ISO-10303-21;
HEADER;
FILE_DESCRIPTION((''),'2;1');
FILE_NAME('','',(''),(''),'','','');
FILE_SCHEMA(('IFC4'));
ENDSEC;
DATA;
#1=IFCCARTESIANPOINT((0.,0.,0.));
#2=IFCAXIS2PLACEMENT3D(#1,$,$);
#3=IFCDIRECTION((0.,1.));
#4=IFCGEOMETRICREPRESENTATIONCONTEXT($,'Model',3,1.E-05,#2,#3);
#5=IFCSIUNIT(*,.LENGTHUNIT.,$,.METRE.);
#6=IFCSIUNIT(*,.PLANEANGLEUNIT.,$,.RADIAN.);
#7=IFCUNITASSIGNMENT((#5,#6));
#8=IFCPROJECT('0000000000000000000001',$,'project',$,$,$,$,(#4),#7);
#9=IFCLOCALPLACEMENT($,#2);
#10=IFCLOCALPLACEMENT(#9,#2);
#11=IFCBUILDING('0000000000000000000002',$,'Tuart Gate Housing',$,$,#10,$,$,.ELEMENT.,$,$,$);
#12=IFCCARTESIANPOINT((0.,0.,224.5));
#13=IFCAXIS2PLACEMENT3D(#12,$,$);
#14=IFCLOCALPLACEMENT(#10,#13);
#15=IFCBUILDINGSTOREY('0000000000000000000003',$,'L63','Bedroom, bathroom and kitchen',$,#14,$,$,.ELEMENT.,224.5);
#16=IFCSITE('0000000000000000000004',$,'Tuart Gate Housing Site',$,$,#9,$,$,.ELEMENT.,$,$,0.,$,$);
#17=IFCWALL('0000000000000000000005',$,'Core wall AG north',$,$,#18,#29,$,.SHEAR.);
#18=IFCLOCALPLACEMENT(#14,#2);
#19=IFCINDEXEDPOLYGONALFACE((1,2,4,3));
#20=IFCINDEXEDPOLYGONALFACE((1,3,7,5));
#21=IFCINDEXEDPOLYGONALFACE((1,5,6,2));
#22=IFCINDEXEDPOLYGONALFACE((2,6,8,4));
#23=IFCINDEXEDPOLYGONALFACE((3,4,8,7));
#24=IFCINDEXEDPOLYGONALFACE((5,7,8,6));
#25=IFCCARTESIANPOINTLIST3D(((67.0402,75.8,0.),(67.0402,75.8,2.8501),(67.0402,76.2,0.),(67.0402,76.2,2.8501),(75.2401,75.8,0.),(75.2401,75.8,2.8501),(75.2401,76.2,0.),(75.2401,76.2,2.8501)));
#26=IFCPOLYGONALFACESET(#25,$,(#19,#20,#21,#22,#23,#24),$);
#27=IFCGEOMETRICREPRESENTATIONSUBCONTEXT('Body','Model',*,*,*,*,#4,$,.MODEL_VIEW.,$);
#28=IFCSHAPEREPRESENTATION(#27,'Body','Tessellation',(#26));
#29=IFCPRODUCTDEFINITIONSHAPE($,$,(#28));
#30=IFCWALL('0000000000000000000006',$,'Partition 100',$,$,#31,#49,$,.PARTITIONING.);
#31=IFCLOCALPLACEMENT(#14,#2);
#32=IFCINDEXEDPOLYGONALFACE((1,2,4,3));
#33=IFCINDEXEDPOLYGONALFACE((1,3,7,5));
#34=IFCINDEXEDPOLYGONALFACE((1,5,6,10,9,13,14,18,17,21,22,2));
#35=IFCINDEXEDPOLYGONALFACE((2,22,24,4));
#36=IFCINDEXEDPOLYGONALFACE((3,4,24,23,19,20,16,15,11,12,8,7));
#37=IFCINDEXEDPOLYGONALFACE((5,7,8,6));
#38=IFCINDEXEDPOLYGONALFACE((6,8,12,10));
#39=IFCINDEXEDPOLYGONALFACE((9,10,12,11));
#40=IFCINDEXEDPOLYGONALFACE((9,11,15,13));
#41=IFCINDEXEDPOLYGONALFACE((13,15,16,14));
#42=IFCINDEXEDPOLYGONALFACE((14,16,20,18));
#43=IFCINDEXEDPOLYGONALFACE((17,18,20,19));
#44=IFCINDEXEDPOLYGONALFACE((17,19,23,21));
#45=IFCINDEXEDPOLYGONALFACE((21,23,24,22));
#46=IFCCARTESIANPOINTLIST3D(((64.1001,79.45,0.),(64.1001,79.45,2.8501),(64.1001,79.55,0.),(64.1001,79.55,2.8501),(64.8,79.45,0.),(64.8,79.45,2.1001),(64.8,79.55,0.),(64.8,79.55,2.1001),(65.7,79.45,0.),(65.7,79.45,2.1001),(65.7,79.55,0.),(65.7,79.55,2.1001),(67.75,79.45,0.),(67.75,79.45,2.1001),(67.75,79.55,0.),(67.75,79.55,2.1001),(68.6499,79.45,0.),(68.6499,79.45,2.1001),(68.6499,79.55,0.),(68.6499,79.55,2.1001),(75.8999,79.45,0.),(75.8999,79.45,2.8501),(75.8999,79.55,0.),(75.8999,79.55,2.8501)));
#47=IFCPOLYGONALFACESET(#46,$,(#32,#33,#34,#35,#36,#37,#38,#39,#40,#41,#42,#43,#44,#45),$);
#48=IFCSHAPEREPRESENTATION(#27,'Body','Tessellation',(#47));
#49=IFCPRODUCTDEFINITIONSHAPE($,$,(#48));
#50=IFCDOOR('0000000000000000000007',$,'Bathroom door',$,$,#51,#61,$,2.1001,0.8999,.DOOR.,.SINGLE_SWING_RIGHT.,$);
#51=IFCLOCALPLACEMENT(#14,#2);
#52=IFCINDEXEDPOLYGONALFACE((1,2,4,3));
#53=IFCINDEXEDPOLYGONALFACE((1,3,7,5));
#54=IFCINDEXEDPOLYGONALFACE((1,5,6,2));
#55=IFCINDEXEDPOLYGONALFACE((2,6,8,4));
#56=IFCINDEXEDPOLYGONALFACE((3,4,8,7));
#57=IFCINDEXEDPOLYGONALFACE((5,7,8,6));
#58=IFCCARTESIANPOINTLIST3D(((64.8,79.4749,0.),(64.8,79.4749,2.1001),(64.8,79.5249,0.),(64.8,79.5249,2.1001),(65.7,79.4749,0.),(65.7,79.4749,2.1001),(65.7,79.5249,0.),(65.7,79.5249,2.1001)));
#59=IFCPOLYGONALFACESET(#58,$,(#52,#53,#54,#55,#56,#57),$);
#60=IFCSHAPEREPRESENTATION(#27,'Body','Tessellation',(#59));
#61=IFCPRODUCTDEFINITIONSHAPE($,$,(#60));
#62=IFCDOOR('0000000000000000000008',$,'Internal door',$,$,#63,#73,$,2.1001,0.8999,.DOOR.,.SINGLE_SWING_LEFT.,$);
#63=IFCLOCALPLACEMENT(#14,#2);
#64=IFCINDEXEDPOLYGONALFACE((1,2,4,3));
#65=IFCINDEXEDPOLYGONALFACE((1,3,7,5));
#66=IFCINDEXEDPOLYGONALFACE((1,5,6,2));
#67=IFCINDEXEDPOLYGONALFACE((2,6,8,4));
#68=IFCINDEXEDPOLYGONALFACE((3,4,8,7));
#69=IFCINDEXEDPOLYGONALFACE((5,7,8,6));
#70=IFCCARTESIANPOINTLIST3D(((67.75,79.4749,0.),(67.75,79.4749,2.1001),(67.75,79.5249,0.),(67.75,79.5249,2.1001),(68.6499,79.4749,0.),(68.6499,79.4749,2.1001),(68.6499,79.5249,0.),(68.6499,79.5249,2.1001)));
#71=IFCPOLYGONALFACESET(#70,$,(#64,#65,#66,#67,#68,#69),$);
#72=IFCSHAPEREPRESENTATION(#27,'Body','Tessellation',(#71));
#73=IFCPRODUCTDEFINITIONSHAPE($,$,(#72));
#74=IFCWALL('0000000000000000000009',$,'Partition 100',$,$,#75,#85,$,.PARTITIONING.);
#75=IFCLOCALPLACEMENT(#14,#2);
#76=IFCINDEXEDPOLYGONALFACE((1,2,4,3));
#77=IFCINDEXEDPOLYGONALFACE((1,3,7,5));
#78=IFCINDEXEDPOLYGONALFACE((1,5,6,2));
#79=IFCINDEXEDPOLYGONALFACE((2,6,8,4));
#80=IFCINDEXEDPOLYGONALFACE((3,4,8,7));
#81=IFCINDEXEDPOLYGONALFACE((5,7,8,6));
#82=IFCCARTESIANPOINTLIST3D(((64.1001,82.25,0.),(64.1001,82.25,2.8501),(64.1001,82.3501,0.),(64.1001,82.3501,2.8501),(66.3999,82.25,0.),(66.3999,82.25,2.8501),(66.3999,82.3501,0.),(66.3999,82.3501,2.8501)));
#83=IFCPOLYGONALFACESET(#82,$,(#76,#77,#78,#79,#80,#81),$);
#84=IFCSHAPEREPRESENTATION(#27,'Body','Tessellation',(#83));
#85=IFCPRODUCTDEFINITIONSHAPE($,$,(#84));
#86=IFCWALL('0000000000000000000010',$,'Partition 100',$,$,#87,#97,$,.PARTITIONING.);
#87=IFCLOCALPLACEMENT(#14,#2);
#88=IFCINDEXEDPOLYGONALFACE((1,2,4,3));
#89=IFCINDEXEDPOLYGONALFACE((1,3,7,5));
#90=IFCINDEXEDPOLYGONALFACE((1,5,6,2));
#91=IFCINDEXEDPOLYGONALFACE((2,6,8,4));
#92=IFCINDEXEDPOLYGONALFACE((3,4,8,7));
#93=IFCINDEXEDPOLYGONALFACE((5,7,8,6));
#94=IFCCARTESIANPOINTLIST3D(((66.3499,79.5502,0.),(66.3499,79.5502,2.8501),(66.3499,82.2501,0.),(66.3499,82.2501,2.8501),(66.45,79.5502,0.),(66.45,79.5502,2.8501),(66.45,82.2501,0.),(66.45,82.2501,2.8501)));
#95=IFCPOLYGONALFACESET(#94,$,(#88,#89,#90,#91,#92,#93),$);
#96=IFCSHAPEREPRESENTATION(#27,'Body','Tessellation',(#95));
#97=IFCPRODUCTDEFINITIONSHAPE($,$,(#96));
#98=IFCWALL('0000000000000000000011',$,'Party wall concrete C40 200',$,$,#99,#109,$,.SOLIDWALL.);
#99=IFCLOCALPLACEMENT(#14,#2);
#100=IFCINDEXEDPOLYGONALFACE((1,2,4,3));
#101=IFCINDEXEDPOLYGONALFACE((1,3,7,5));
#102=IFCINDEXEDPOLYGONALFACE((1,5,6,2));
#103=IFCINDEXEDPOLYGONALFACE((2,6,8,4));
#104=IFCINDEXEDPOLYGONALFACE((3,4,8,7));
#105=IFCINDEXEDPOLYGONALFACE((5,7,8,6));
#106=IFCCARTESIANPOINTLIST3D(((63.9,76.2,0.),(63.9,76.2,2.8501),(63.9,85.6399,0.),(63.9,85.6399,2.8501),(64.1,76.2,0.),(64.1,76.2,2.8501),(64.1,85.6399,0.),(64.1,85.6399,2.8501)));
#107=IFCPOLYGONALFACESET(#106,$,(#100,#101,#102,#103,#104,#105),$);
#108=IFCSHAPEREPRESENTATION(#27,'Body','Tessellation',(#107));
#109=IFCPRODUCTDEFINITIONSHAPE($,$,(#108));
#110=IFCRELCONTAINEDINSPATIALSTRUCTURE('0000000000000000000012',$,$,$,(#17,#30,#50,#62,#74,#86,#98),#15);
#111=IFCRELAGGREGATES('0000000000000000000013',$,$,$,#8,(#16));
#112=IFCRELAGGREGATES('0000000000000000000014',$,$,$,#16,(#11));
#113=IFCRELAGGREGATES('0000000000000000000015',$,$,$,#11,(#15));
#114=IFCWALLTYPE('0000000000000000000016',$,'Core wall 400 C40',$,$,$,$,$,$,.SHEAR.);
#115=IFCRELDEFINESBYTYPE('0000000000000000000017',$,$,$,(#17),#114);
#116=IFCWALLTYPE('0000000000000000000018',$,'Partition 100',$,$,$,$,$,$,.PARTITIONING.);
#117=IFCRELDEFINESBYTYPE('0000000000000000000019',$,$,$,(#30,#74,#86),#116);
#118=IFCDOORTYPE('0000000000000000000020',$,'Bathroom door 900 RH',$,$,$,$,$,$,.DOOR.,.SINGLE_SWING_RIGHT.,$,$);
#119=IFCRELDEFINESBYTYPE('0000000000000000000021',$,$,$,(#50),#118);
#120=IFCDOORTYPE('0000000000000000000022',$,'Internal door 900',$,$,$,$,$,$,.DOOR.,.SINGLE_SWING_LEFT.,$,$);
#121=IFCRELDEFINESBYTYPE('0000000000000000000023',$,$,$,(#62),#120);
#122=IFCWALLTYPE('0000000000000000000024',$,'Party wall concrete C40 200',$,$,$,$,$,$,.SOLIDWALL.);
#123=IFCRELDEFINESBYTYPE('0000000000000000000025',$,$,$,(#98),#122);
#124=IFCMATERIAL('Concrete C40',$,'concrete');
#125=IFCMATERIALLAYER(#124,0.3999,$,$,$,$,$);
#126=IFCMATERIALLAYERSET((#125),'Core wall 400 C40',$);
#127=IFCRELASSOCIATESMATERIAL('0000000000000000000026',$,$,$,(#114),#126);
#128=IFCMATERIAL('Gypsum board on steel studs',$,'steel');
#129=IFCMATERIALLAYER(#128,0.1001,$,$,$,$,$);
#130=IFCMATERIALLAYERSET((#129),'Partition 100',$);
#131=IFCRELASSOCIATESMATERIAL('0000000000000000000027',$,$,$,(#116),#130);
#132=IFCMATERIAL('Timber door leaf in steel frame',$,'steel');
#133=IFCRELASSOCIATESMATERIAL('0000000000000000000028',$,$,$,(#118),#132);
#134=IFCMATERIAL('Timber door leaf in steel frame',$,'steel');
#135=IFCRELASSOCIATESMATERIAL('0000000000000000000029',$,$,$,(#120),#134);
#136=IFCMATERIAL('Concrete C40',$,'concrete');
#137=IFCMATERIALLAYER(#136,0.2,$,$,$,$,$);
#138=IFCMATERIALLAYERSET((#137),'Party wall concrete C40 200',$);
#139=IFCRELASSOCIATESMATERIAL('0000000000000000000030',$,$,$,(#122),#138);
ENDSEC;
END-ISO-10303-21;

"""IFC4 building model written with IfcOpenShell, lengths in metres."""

from ifc_helpers import new_model, si_unit, direction, frame, frame_2d, origin, place, context, subcontext, project, spatial, rectangle, extrude, material, layer, layer_set, type_object, element, fill, save


model = new_model("IFC4")

# Units and contexts
model_context = context("Model", 3, precision=1e-05, world=origin(), true_north=direction((0.0, 1.0)))
body_context = subcontext(model_context, "Body", "Model", "MODEL_VIEW")
ifc_project = project(units=[si_unit("LENGTHUNIT", "METRE"), si_unit("PLANEANGLEUNIT", "RADIAN")], contexts=[model_context])

# Site, building, storey
site_placement = place(None, origin())
site = spatial("IfcSite", under=ifc_project, at=site_placement, Name="Tuart Gate Housing Site", CompositionType="ELEMENT", RefElevation=0.0)
building_placement = place(site_placement, origin())
building = spatial("IfcBuilding", under=site, at=building_placement, Name="Tuart Gate Housing", CompositionType="ELEMENT")
storey_placement = place(building_placement, frame((0.0, 0.0, 224.5)))
storey = spatial("IfcBuildingStorey", under=building, at=storey_placement, Name="L63", Description="Bedroom, bathroom and kitchen", CompositionType="ELEMENT", Elevation=224.5)

# Wall
ifc_material_1 = material(Name="Concrete C40", Category="concrete")
ifc_layer_1 = layer(ifc_material_1, 0.3999)
ifc_layer_set_1 = layer_set([ifc_layer_1], Name="Core wall 400 C40")
wall_type_1 = type_object("IfcWallType", Name="Core wall 400 C40", PredefinedType="SHEAR", material=ifc_layer_set_1)
wall_1_placement = place(storey_placement, frame((67.04, 76.0, 0.0), z_axis=(0.0, 0.0, 1.0), x_axis=(1.0, 0.0, 0.0)))
element("IfcWall", 1, at=wall_1_placement, inside=storey, type_object=wall_type_1, Name="Core wall AG north", PredefinedType="SHEAR", context=body_context, shape_type="SweptSolid", body=[
    extrude(rectangle(XDim=8.2, YDim=0.3999, at=frame_2d((4.1001, 0.0))), origin(), (0.0, 0.0, 1.0), 2.8501),
])

# Wall, openings, doors
ifc_material_2 = material(Name="Gypsum board on steel studs", Category="steel")
ifc_layer_2 = layer(ifc_material_2, 0.1001)
ifc_layer_set_2 = layer_set([ifc_layer_2], Name="Partition 100")
wall_type_2 = type_object("IfcWallType", Name="Partition 100", PredefinedType="PARTITIONING", material=ifc_layer_set_2)
wall_2_placement = place(storey_placement, frame((64.1001, 79.5, 0.0), z_axis=(0.0, 0.0, 1.0), x_axis=(1.0, 0.0, 0.0)))
wall_2 = element("IfcWall", 2, at=wall_2_placement, inside=storey, type_object=wall_type_2, Name="Partition 100", PredefinedType="PARTITIONING", context=body_context, shape_type="SweptSolid", body=[
    extrude(rectangle(XDim=11.7998, YDim=0.1001, at=frame_2d((5.8999, 0.0))), origin(), (0.0, 0.0, 1.0), 2.8501),
])
opening_1_placement = place(wall_2_placement, frame((3.6499, 0.0, 0.0)))
opening_1 = element("IfcOpeningElement", 3, at=opening_1_placement, cuts=wall_2, PredefinedType="OPENING", context=body_context, shape_type="SweptSolid", body=[
    extrude(rectangle(XDim=0.8999, YDim=2.1001, at=frame_2d((0.45, 1.05))), frame((0.0, 0.0601, 0.0), z_axis=(0.0, -1.0, 0.0), x_axis=(1.0, 0.0, 0.0)), (0.0, 0.0, 1.0), 0.1201),
])
opening_2_placement = place(wall_2_placement, frame((0.7, 0.0, 0.0)))
opening_2 = element("IfcOpeningElement", 4, at=opening_2_placement, cuts=wall_2, PredefinedType="OPENING", context=body_context, shape_type="SweptSolid", body=[
    extrude(rectangle(XDim=0.8999, YDim=2.1001, at=frame_2d((0.45, 1.05))), frame((0.0, 0.0601, 0.0), z_axis=(0.0, -1.0, 0.0), x_axis=(1.0, 0.0, 0.0)), (0.0, 0.0, 1.0), 0.1201),
])
ifc_material_3 = material(Name="Timber door leaf in steel frame", Category="steel")
door_type_1 = type_object("IfcDoorType", Name="Bathroom door 900 RH", OperationType="SINGLE_SWING_RIGHT", PredefinedType="DOOR", material=ifc_material_3)
door_1_placement = place(opening_2_placement, origin())
door_1 = element("IfcDoor", 5, at=door_1_placement, inside=storey, type_object=door_type_1, Name="Bathroom door", OperationType="SINGLE_SWING_RIGHT", OverallHeight=2.1001, OverallWidth=0.8999, PredefinedType="DOOR", context=body_context, shape_type="SweptSolid", body=[
    extrude(rectangle(XDim=0.8999, YDim=2.1001, at=frame_2d((0.45, 1.05))), frame((0.0, 0.0249, 0.0), z_axis=(0.0, -1.0, 0.0), x_axis=(1.0, 0.0, 0.0)), (0.0, 0.0, 1.0), 0.05),
])
fill(opening_2, door_1)
ifc_material_4 = material(Name="Timber door leaf in steel frame", Category="steel")
door_type_2 = type_object("IfcDoorType", Name="Internal door 900", OperationType="SINGLE_SWING_LEFT", PredefinedType="DOOR", material=ifc_material_4)
door_2_placement = place(opening_1_placement, frame((0.8999, 0.0, 0.0), z_axis=(0.0, 0.0, 1.0), x_axis=(-1.0, 0.0, 0.0)))
door_2 = element("IfcDoor", 6, at=door_2_placement, inside=storey, type_object=door_type_2, Name="Internal door", OperationType="SINGLE_SWING_LEFT", OverallHeight=2.1001, OverallWidth=0.8999, PredefinedType="DOOR", context=body_context, shape_type="SweptSolid", body=[
    extrude(rectangle(XDim=0.8999, YDim=2.1001, at=frame_2d((0.45, 1.05))), frame((0.0, 0.0251, 0.0), z_axis=(0.0, -1.0, 0.0), x_axis=(1.0, 0.0, 0.0)), (0.0, 0.0, 1.0), 0.05),
])
fill(opening_1, door_2)

# Walls
wall_3_placement = place(storey_placement, frame((64.1001, 82.3, 0.0), z_axis=(0.0, 0.0, 1.0), x_axis=(1.0, 0.0, 0.0)))
element("IfcWall", 7, at=wall_3_placement, inside=storey, type_object=wall_type_2, Name="Partition 100", PredefinedType="PARTITIONING", context=body_context, shape_type="SweptSolid", body=[
    extrude(rectangle(XDim=2.2998, YDim=0.1001, at=frame_2d((1.1499, 0.0))), origin(), (0.0, 0.0, 1.0), 2.8501),
])
wall_4_placement = place(storey_placement, frame((66.3999, 79.55, 0.0), z_axis=(0.0, 0.0, 1.0), x_axis=(0.0, 1.0, 0.0)))
element("IfcWall", 8, at=wall_4_placement, inside=storey, type_object=wall_type_2, Name="Partition 100", PredefinedType="PARTITIONING", context=body_context, shape_type="SweptSolid", body=[
    extrude(rectangle(XDim=2.7, YDim=0.1001, at=frame_2d((1.3501, 0.0))), origin(), (0.0, 0.0, 1.0), 2.8501),
])
ifc_material_5 = material(Name="Concrete C40", Category="concrete")
ifc_layer_3 = layer(ifc_material_5, 0.2)
ifc_layer_set_3 = layer_set([ifc_layer_3], Name="Party wall concrete C40 200")
wall_type_3 = type_object("IfcWallType", Name="Party wall concrete C40 200", PredefinedType="SOLIDWALL", material=ifc_layer_set_3)
wall_5_placement = place(storey_placement, frame((64.0, 76.2, 0.0), z_axis=(0.0, 0.0, 1.0), x_axis=(0.0, 1.0, 0.0)))
element("IfcWall", 9, at=wall_5_placement, inside=storey, type_object=wall_type_3, Name="Party wall concrete C40 200", PredefinedType="SOLIDWALL", context=body_context, shape_type="SweptSolid", body=[
    extrude(rectangle(XDim=9.4399, YDim=0.2, at=frame_2d((4.72, 0.0))), origin(), (0.0, 0.0, 1.0), 2.8501),
])

save(model, "model.ifc")
